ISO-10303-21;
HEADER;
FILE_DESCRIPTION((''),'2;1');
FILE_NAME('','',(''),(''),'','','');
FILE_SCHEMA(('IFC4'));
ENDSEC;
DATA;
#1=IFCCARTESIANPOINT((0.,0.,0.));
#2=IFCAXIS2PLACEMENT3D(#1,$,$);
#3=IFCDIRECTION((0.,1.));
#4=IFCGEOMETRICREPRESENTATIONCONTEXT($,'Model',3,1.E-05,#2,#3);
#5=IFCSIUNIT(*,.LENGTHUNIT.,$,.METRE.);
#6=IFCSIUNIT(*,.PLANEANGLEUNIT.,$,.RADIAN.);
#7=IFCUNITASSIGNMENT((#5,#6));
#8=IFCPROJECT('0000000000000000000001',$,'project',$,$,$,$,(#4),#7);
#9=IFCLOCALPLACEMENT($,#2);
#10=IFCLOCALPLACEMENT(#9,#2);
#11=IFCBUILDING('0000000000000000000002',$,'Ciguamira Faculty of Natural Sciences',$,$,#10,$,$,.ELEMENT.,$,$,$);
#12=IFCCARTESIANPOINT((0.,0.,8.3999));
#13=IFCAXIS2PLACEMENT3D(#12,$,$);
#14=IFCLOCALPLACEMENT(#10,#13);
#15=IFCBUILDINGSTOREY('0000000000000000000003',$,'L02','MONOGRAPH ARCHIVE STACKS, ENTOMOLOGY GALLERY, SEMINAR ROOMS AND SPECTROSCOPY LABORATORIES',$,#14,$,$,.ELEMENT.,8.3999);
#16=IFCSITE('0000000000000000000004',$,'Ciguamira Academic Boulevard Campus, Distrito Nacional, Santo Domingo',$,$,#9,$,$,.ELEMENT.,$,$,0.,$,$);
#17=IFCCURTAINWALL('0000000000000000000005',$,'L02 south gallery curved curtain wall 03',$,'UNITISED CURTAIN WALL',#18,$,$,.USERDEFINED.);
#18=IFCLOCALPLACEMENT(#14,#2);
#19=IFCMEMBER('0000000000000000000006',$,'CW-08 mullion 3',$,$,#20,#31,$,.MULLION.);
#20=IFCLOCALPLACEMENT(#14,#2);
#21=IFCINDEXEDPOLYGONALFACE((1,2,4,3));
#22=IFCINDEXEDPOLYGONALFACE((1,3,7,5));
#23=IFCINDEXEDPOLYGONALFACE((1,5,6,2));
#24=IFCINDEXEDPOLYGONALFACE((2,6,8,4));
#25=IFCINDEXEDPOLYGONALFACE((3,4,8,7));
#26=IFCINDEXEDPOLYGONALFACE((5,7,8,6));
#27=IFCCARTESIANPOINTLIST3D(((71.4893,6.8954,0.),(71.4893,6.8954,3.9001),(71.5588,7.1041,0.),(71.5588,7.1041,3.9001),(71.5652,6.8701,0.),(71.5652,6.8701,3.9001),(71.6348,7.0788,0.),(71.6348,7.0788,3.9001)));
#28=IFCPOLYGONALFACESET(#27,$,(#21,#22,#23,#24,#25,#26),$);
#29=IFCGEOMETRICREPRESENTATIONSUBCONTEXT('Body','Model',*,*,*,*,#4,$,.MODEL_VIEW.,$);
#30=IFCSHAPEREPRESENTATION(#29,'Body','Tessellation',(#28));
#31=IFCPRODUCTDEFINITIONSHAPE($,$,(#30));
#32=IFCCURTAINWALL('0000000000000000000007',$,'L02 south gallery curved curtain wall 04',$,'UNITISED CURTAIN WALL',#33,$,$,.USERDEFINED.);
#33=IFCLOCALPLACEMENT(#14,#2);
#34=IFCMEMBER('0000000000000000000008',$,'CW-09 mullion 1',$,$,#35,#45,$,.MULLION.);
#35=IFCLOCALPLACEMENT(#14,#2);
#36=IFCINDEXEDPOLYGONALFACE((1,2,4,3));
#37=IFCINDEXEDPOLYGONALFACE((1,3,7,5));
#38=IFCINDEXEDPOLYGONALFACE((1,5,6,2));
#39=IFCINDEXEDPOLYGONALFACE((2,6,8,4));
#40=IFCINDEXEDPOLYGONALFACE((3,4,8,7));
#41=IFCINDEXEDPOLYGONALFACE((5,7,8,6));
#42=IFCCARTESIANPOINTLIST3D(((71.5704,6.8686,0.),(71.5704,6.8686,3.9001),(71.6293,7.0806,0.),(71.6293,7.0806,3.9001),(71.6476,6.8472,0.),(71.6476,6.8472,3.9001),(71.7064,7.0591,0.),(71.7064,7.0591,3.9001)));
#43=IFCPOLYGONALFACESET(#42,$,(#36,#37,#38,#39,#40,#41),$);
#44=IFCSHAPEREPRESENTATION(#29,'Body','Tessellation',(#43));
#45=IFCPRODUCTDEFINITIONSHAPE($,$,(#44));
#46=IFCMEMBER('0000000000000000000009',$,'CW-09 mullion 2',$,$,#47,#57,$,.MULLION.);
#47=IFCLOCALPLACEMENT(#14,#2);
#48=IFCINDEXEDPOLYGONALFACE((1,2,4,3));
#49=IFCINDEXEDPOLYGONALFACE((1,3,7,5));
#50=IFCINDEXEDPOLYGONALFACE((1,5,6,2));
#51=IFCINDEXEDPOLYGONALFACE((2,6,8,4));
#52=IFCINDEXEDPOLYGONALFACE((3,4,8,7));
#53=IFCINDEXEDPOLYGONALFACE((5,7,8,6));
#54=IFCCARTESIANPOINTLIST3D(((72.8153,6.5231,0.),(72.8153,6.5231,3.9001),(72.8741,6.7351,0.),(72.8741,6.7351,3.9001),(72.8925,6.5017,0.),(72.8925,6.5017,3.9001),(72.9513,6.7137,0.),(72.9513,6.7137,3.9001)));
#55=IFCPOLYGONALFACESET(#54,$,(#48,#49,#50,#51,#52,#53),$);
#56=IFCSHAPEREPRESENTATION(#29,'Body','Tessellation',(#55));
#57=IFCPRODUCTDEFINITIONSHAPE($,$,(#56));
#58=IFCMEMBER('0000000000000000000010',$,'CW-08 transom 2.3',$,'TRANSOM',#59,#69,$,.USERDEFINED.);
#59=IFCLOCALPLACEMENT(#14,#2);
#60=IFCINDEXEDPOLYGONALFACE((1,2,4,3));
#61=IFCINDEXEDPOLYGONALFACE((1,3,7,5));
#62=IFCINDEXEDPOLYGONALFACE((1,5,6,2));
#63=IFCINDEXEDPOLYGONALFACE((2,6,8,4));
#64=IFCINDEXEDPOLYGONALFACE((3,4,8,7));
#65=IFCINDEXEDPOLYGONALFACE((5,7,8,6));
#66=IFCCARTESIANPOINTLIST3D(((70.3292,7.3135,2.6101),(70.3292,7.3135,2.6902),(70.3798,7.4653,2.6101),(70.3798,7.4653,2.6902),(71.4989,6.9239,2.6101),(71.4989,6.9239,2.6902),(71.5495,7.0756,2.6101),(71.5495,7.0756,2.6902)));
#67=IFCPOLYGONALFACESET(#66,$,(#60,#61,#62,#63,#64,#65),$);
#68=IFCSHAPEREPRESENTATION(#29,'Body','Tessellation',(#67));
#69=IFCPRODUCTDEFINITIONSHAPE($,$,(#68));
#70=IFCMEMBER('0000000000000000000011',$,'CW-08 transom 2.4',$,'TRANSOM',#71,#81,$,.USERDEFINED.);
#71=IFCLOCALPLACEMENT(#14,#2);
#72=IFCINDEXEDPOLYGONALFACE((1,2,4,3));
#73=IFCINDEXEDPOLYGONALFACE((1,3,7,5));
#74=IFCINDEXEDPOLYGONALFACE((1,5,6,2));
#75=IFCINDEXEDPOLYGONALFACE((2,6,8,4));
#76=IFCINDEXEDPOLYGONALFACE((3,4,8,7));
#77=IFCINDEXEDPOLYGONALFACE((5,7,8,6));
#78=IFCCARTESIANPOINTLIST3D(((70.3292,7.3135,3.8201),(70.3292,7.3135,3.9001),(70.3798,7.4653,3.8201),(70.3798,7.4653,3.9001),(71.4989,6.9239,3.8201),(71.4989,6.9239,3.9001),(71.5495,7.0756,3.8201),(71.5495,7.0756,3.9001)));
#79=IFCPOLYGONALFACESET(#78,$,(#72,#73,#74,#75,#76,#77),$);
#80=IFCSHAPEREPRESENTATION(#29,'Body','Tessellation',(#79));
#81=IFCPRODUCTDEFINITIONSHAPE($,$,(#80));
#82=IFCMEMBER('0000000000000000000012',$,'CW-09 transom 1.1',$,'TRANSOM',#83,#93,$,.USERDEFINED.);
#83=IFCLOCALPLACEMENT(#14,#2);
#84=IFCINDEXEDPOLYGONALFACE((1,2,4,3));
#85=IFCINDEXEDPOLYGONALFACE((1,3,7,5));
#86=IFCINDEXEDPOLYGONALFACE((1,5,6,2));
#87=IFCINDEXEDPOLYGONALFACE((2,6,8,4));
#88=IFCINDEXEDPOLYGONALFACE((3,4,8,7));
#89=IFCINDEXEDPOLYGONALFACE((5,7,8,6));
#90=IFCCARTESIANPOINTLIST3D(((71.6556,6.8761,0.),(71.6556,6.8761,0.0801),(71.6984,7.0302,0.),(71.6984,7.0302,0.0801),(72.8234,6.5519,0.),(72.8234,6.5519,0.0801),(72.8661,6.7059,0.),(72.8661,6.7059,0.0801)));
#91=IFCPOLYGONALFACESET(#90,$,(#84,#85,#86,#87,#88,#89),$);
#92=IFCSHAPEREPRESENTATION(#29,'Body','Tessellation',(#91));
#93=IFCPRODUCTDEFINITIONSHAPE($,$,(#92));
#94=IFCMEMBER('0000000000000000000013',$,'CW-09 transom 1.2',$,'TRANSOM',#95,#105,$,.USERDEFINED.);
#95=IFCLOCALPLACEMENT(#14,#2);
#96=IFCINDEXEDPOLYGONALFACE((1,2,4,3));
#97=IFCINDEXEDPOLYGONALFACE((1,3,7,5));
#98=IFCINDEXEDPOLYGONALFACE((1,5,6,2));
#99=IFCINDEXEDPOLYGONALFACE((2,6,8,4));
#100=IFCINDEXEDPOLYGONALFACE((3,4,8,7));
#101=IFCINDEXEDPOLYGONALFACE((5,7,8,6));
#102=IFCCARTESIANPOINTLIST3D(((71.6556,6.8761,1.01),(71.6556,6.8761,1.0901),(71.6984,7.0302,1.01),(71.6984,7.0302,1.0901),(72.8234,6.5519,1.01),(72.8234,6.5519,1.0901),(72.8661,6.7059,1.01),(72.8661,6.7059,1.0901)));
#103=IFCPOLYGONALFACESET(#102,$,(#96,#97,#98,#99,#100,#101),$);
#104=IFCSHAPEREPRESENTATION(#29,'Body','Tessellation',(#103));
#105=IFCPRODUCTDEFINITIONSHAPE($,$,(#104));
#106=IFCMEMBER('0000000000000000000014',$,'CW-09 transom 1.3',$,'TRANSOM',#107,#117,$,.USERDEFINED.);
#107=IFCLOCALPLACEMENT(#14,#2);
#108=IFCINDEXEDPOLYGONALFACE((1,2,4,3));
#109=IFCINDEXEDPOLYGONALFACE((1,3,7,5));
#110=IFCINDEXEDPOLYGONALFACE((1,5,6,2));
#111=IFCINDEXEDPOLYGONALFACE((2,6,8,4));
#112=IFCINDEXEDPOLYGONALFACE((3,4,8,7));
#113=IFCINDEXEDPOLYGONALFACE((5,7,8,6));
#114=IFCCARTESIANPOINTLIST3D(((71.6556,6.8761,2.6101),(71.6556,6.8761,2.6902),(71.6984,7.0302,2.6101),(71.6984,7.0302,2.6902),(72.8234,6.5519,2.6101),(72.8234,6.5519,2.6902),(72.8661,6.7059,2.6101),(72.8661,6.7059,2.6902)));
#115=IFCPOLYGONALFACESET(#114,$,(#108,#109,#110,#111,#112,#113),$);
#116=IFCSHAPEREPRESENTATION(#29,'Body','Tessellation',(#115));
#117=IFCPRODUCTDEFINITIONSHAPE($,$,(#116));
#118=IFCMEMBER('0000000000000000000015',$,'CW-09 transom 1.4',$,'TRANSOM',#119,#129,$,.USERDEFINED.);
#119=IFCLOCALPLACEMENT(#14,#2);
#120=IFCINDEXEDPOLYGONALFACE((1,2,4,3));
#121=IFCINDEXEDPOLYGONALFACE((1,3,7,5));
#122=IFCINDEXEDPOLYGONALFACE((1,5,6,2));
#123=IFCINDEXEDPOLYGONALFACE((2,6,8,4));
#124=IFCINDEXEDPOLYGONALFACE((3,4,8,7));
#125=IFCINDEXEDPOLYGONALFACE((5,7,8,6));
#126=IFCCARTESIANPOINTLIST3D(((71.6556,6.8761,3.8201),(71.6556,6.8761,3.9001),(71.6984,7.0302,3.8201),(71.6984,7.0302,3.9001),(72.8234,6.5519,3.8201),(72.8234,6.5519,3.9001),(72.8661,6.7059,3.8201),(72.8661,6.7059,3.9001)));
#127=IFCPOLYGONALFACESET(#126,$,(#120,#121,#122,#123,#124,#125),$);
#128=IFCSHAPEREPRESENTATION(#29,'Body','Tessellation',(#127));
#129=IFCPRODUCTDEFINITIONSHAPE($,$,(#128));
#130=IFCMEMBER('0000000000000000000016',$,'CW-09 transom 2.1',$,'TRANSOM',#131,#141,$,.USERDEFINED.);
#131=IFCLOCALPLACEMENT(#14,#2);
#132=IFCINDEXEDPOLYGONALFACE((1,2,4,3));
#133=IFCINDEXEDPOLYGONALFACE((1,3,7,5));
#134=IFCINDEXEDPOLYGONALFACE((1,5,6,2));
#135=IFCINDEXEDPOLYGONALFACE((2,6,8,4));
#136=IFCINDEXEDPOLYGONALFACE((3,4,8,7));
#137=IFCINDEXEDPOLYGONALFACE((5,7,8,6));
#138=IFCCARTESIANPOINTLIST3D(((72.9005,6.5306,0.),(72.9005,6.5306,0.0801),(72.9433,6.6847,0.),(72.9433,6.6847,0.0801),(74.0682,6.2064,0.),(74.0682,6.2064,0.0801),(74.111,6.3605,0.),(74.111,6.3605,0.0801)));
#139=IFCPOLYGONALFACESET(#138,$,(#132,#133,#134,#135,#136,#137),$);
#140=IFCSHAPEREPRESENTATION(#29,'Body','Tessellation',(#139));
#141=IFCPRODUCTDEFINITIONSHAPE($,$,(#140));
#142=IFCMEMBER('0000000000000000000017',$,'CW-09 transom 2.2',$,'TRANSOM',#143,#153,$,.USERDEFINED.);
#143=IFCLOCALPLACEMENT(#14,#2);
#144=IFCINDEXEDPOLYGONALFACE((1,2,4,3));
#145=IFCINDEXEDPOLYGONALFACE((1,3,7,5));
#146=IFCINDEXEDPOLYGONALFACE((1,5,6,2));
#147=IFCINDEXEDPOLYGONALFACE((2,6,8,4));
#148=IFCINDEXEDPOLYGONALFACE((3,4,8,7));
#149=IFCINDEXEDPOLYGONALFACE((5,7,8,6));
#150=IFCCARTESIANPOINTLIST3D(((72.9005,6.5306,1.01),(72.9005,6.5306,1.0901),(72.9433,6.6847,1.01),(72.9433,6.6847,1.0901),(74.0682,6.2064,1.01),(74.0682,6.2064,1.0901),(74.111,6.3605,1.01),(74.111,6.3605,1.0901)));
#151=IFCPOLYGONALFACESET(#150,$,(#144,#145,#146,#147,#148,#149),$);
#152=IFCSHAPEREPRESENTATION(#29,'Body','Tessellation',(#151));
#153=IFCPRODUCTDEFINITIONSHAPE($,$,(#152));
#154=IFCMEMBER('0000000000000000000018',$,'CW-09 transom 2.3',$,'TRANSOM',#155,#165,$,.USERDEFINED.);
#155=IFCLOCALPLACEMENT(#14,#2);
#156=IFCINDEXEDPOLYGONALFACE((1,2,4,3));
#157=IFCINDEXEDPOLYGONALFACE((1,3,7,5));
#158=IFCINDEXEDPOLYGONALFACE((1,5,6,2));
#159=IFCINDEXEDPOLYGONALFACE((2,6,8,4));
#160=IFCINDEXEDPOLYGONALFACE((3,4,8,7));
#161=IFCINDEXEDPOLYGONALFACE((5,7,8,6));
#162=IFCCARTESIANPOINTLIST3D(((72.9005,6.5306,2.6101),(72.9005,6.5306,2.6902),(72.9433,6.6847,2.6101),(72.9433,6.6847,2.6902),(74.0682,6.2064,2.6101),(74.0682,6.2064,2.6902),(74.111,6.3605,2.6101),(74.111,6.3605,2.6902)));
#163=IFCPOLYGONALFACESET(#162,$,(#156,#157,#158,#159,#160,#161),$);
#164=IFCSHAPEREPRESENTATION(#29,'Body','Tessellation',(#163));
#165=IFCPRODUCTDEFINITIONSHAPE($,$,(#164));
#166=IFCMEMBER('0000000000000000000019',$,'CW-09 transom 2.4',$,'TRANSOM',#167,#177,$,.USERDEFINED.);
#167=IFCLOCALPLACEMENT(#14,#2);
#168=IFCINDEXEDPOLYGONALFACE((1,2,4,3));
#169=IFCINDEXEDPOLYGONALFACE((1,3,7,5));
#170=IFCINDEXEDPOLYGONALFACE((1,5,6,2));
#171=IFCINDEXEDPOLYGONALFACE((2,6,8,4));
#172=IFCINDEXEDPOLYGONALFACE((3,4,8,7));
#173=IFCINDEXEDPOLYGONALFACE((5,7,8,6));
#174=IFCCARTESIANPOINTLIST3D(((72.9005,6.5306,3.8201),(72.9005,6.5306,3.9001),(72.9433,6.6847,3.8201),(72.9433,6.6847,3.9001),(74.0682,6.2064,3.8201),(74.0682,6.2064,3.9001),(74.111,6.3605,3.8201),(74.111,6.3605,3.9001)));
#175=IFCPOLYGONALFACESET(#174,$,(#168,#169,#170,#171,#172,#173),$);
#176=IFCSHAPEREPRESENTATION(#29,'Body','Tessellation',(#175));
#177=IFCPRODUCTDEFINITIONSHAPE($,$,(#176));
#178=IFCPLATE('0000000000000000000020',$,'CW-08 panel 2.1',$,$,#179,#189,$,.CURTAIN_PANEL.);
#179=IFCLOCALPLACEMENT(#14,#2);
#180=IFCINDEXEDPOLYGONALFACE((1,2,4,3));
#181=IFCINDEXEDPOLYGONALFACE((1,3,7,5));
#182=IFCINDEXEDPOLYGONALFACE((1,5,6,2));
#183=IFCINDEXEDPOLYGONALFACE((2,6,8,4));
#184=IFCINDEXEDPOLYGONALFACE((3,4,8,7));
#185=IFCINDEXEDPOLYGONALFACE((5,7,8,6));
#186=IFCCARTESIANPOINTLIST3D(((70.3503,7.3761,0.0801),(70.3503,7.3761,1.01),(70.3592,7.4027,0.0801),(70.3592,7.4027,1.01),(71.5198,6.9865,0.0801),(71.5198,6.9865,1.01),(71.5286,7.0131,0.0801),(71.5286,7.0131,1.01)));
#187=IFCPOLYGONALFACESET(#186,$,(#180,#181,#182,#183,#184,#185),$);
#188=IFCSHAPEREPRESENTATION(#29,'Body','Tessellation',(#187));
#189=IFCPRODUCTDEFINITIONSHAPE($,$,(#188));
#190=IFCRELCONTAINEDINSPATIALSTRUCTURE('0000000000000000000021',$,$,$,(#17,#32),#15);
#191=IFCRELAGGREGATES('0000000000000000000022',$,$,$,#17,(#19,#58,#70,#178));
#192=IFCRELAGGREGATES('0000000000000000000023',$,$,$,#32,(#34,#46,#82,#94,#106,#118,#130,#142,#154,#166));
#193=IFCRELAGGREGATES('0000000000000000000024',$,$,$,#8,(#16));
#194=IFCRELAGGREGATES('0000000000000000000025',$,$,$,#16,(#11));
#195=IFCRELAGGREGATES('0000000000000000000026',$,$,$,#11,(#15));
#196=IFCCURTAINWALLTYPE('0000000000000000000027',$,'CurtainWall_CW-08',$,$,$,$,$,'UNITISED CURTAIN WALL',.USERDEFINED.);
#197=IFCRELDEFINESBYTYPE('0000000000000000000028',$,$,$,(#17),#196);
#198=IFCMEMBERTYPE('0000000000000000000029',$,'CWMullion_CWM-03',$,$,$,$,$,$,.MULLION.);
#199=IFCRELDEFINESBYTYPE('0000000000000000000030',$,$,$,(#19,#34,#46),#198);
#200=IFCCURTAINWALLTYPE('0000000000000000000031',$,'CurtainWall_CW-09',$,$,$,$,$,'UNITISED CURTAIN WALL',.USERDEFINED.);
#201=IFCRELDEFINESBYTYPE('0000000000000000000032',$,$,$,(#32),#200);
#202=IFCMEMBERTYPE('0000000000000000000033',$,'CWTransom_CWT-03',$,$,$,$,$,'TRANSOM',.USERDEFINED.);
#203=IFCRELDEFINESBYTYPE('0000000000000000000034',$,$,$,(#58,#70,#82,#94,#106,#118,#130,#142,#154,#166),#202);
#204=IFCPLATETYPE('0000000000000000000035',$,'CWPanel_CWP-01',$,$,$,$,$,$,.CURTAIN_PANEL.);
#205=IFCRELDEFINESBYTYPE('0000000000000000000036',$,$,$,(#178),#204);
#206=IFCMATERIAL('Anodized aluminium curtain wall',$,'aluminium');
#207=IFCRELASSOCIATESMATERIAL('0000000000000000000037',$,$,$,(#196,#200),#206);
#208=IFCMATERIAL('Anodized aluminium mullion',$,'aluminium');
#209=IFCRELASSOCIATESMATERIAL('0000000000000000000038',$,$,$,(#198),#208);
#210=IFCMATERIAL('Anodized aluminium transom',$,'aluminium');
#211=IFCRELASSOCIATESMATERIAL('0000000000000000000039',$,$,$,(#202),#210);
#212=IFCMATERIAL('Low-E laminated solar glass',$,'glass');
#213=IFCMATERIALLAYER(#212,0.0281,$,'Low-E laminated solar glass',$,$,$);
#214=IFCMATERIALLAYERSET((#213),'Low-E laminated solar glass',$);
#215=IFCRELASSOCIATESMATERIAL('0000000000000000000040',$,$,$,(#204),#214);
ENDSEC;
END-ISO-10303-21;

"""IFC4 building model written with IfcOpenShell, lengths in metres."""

from ifc_helpers import new_model, si_unit, direction, frame, origin, origin_2d, place, context, subcontext, project, spatial, rectangle, extrude, material, layer, layer_set, material_profile, profile_set, type_object, element, aggregate, save


model = new_model("IFC4")

# Units and contexts
model_context = context("Model", 3, precision=1e-05, world=origin(), true_north=direction((0.0, 1.0)))
body_context = subcontext(model_context, "Body", "Model", "MODEL_VIEW")
ifc_project = project(units=[si_unit("LENGTHUNIT", "METRE"), si_unit("PLANEANGLEUNIT", "RADIAN")], contexts=[model_context])

# Site, building, storey
site_placement = place(None, origin())
site = spatial("IfcSite", under=ifc_project, at=site_placement, Name="Ciguamira Academic Boulevard Campus, Distrito Nacional, Santo Domingo", CompositionType="ELEMENT", RefElevation=0.0)
building_placement = place(site_placement, origin())
building = spatial("IfcBuilding", under=site, at=building_placement, Name="Ciguamira Faculty of Natural Sciences", CompositionType="ELEMENT")
storey_placement = place(building_placement, frame((0.0, 0.0, 8.3999)))
storey = spatial("IfcBuildingStorey", under=building, at=storey_placement, Name="L02", Description="MONOGRAPH ARCHIVE STACKS, ENTOMOLOGY GALLERY, SEMINAR ROOMS AND SPECTROSCOPY LABORATORIES", CompositionType="ELEMENT", Elevation=8.3999)

# Curtain wall, member
ifc_material_1 = material(Name="Anodized aluminium curtain wall", Category="aluminium")
curtain_wall_type_1 = type_object("IfcCurtainWallType", Name="CurtainWall_CW-08", ElementType="UNITISED CURTAIN WALL", PredefinedType="USERDEFINED", material=ifc_material_1)
curtain_wall_1_placement = place(storey_placement, origin())
curtain_wall_1 = element("IfcCurtainWall", 1, at=curtain_wall_1_placement, inside=storey, type_object=curtain_wall_type_1, Name="L02 south gallery curved curtain wall 03", ObjectType="UNITISED CURTAIN WALL", PredefinedType="USERDEFINED")
ifc_material_2 = material(Name="Anodized aluminium mullion", Category="aluminium")
ifc_material_profile_1 = material_profile(ifc_material_2, rectangle(XDim=0.0801, YDim=0.22, at=origin_2d()), Name="ALU-MUL-80X220")
ifc_profile_set_1 = profile_set([ifc_material_profile_1], Name="Anodized aluminium mullion")
member_type_1 = type_object("IfcMemberType", Name="CWMullion_CWM-03", PredefinedType="MULLION", material=ifc_profile_set_1)
member_1_placement = place(storey_placement, frame((71.562, 6.9871, 0.0), z_axis=(0.0, 0.0, 1.0), x_axis=(0.948735, -0.316073, 0.0)))
member_1 = element("IfcMember", 2, at=member_1_placement, type_object=member_type_1, Name="CW-08 mullion 3", PredefinedType="MULLION", context=body_context, shape_type="SweptSolid", body=[
    extrude(rectangle(XDim=0.0801, YDim=0.22, at=origin_2d()), origin(), (0.0, 0.0, 1.0), 3.9001),
])

# Curtain wall, members
curtain_wall_type_2 = type_object("IfcCurtainWallType", Name="CurtainWall_CW-09", ElementType="UNITISED CURTAIN WALL", PredefinedType="USERDEFINED", material=ifc_material_1)
curtain_wall_2_placement = place(storey_placement, origin())
curtain_wall_2 = element("IfcCurtainWall", 3, at=curtain_wall_2_placement, inside=storey, type_object=curtain_wall_type_2, Name="L02 south gallery curved curtain wall 04", ObjectType="UNITISED CURTAIN WALL", PredefinedType="USERDEFINED")
member_2_placement = place(storey_placement, frame((71.6384, 6.9639, 0.0), z_axis=(0.0, 0.0, 1.0), x_axis=(0.963573, -0.267444, 0.0)))
member_2 = element("IfcMember", 4, at=member_2_placement, type_object=member_type_1, Name="CW-09 mullion 1", PredefinedType="MULLION", context=body_context, shape_type="SweptSolid", body=[
    extrude(rectangle(XDim=0.0801, YDim=0.22, at=origin_2d()), origin(), (0.0, 0.0, 1.0), 3.9001),
])
member_3_placement = place(storey_placement, frame((72.8833, 6.6184, 0.0), z_axis=(0.0, 0.0, 1.0), x_axis=(0.963573, -0.267444, 0.0)))
member_3 = element("IfcMember", 5, at=member_3_placement, type_object=member_type_1, Name="CW-09 mullion 2", PredefinedType="MULLION", context=body_context, shape_type="SweptSolid", body=[
    extrude(rectangle(XDim=0.0801, YDim=0.22, at=origin_2d()), origin(), (0.0, 0.0, 1.0), 3.9001),
])

# Members
ifc_material_3 = material(Name="Anodized aluminium transom", Category="aluminium")
ifc_material_profile_2 = material_profile(ifc_material_3, rectangle(XDim=0.0801, YDim=0.1599, at=origin_2d()), Name="ALU-TRN-80X160")
ifc_profile_set_2 = profile_set([ifc_material_profile_2], Name="Anodized aluminium transom")
member_type_2 = type_object("IfcMemberType", Name="CWTransom_CWT-03", ElementType="TRANSOM", PredefinedType="USERDEFINED", material=ifc_profile_set_2)
member_4_placement = place(storey_placement, frame((70.3545, 7.3894, 2.6501), z_axis=(0.948743, -0.31605, 0.0), x_axis=(0.0, 0.0, 1.0)))
member_4 = element("IfcMember", 6, at=member_4_placement, type_object=member_type_2, Name="CW-08 transom 2.3", ObjectType="TRANSOM", PredefinedType="USERDEFINED", context=body_context, shape_type="SweptSolid", body=[
    extrude(rectangle(XDim=0.0801, YDim=0.1599, at=origin_2d()), origin(), (0.0, 0.0, 1.0), 1.2329),
])
member_5_placement = place(storey_placement, frame((70.3545, 7.3894, 3.8601), z_axis=(0.948743, -0.31605, 0.0), x_axis=(0.0, 0.0, 1.0)))
member_5 = element("IfcMember", 7, at=member_5_placement, type_object=member_type_2, Name="CW-08 transom 2.4", ObjectType="TRANSOM", PredefinedType="USERDEFINED", context=body_context, shape_type="SweptSolid", body=[
    extrude(rectangle(XDim=0.0801, YDim=0.1599, at=origin_2d()), origin(), (0.0, 0.0, 1.0), 1.2329),
])
member_6_placement = place(storey_placement, frame((71.677, 6.9531, 0.04), z_axis=(0.96355, -0.26753, 0.0), x_axis=(0.0, 0.0, 1.0)))
member_6 = element("IfcMember", 8, at=member_6_placement, type_object=member_type_2, Name="CW-09 transom 1.1", ObjectType="TRANSOM", PredefinedType="USERDEFINED", context=body_context, shape_type="SweptSolid", body=[
    extrude(rectangle(XDim=0.0801, YDim=0.1599, at=origin_2d()), origin(), (0.0, 0.0, 1.0), 1.2119),
])
member_7_placement = place(storey_placement, frame((71.677, 6.9531, 1.05), z_axis=(0.96355, -0.26753, 0.0), x_axis=(0.0, 0.0, 1.0)))
member_7 = element("IfcMember", 9, at=member_7_placement, type_object=member_type_2, Name="CW-09 transom 1.2", ObjectType="TRANSOM", PredefinedType="USERDEFINED", context=body_context, shape_type="SweptSolid", body=[
    extrude(rectangle(XDim=0.0801, YDim=0.1599, at=origin_2d()), origin(), (0.0, 0.0, 1.0), 1.2119),
])
member_8_placement = place(storey_placement, frame((71.677, 6.9531, 2.6501), z_axis=(0.96355, -0.26753, 0.0), x_axis=(0.0, 0.0, 1.0)))
member_8 = element("IfcMember", 10, at=member_8_placement, type_object=member_type_2, Name="CW-09 transom 1.3", ObjectType="TRANSOM", PredefinedType="USERDEFINED", context=body_context, shape_type="SweptSolid", body=[
    extrude(rectangle(XDim=0.0801, YDim=0.1599, at=origin_2d()), origin(), (0.0, 0.0, 1.0), 1.2119),
])
member_9_placement = place(storey_placement, frame((71.677, 6.9531, 3.8601), z_axis=(0.96355, -0.26753, 0.0), x_axis=(0.0, 0.0, 1.0)))
member_9 = element("IfcMember", 11, at=member_9_placement, type_object=member_type_2, Name="CW-09 transom 1.4", ObjectType="TRANSOM", PredefinedType="USERDEFINED", context=body_context, shape_type="SweptSolid", body=[
    extrude(rectangle(XDim=0.0801, YDim=0.1599, at=origin_2d()), origin(), (0.0, 0.0, 1.0), 1.2119),
])
member_10_placement = place(storey_placement, frame((72.9219, 6.6077, 0.04), z_axis=(0.96355, -0.26753, 0.0), x_axis=(0.0, 0.0, 1.0)))
member_10 = element("IfcMember", 12, at=member_10_placement, type_object=member_type_2, Name="CW-09 transom 2.1", ObjectType="TRANSOM", PredefinedType="USERDEFINED", context=body_context, shape_type="SweptSolid", body=[
    extrude(rectangle(XDim=0.0801, YDim=0.1599, at=origin_2d()), origin(), (0.0, 0.0, 1.0), 1.2119),
])
member_11_placement = place(storey_placement, frame((72.9219, 6.6077, 1.05), z_axis=(0.96355, -0.26753, 0.0), x_axis=(0.0, 0.0, 1.0)))
member_11 = element("IfcMember", 13, at=member_11_placement, type_object=member_type_2, Name="CW-09 transom 2.2", ObjectType="TRANSOM", PredefinedType="USERDEFINED", context=body_context, shape_type="SweptSolid", body=[
    extrude(rectangle(XDim=0.0801, YDim=0.1599, at=origin_2d()), origin(), (0.0, 0.0, 1.0), 1.2119),
])
member_12_placement = place(storey_placement, frame((72.9219, 6.6077, 2.6501), z_axis=(0.96355, -0.26753, 0.0), x_axis=(0.0, 0.0, 1.0)))
member_12 = element("IfcMember", 14, at=member_12_placement, type_object=member_type_2, Name="CW-09 transom 2.3", ObjectType="TRANSOM", PredefinedType="USERDEFINED", context=body_context, shape_type="SweptSolid", body=[
    extrude(rectangle(XDim=0.0801, YDim=0.1599, at=origin_2d()), origin(), (0.0, 0.0, 1.0), 1.2119),
])
member_13_placement = place(storey_placement, frame((72.9219, 6.6077, 3.8601), z_axis=(0.96355, -0.26753, 0.0), x_axis=(0.0, 0.0, 1.0)))
member_13 = element("IfcMember", 15, at=member_13_placement, type_object=member_type_2, Name="CW-09 transom 2.4", ObjectType="TRANSOM", PredefinedType="USERDEFINED", context=body_context, shape_type="SweptSolid", body=[
    extrude(rectangle(XDim=0.0801, YDim=0.1599, at=origin_2d()), origin(), (0.0, 0.0, 1.0), 1.2119),
])

# Plate
ifc_material_4 = material(Name="Low-E laminated solar glass", Category="glass")
ifc_layer = layer(ifc_material_4, 0.0281, Name="Low-E laminated solar glass")
ifc_layer_set = layer_set([ifc_layer], Name="Low-E laminated solar glass")
plate_type = type_object("IfcPlateType", Name="CWPanel_CWP-01", PredefinedType="CURTAIN_PANEL", material=ifc_layer_set)
plate_1_placement = place(storey_placement, frame((70.9395, 7.1946, 0.0801), z_axis=(0.0, 0.0, 1.0), x_axis=(0.948735, -0.316073, 0.0)))
plate_1 = element("IfcPlate", 16, at=plate_1_placement, type_object=plate_type, Name="CW-08 panel 2.1", PredefinedType="CURTAIN_PANEL", context=body_context, shape_type="SweptSolid", body=[
    extrude(rectangle(XDim=1.2327, YDim=0.0281, at=origin_2d()), origin(), (0.0, 0.0, 1.0), 0.9299),
])
aggregate(curtain_wall_1, [member_1, member_4, member_5, plate_1])
aggregate(curtain_wall_2, [member_2, member_3, member_6, member_7, member_8, member_9, member_10, member_11, member_12, member_13])

save(model, "model.ifc")
